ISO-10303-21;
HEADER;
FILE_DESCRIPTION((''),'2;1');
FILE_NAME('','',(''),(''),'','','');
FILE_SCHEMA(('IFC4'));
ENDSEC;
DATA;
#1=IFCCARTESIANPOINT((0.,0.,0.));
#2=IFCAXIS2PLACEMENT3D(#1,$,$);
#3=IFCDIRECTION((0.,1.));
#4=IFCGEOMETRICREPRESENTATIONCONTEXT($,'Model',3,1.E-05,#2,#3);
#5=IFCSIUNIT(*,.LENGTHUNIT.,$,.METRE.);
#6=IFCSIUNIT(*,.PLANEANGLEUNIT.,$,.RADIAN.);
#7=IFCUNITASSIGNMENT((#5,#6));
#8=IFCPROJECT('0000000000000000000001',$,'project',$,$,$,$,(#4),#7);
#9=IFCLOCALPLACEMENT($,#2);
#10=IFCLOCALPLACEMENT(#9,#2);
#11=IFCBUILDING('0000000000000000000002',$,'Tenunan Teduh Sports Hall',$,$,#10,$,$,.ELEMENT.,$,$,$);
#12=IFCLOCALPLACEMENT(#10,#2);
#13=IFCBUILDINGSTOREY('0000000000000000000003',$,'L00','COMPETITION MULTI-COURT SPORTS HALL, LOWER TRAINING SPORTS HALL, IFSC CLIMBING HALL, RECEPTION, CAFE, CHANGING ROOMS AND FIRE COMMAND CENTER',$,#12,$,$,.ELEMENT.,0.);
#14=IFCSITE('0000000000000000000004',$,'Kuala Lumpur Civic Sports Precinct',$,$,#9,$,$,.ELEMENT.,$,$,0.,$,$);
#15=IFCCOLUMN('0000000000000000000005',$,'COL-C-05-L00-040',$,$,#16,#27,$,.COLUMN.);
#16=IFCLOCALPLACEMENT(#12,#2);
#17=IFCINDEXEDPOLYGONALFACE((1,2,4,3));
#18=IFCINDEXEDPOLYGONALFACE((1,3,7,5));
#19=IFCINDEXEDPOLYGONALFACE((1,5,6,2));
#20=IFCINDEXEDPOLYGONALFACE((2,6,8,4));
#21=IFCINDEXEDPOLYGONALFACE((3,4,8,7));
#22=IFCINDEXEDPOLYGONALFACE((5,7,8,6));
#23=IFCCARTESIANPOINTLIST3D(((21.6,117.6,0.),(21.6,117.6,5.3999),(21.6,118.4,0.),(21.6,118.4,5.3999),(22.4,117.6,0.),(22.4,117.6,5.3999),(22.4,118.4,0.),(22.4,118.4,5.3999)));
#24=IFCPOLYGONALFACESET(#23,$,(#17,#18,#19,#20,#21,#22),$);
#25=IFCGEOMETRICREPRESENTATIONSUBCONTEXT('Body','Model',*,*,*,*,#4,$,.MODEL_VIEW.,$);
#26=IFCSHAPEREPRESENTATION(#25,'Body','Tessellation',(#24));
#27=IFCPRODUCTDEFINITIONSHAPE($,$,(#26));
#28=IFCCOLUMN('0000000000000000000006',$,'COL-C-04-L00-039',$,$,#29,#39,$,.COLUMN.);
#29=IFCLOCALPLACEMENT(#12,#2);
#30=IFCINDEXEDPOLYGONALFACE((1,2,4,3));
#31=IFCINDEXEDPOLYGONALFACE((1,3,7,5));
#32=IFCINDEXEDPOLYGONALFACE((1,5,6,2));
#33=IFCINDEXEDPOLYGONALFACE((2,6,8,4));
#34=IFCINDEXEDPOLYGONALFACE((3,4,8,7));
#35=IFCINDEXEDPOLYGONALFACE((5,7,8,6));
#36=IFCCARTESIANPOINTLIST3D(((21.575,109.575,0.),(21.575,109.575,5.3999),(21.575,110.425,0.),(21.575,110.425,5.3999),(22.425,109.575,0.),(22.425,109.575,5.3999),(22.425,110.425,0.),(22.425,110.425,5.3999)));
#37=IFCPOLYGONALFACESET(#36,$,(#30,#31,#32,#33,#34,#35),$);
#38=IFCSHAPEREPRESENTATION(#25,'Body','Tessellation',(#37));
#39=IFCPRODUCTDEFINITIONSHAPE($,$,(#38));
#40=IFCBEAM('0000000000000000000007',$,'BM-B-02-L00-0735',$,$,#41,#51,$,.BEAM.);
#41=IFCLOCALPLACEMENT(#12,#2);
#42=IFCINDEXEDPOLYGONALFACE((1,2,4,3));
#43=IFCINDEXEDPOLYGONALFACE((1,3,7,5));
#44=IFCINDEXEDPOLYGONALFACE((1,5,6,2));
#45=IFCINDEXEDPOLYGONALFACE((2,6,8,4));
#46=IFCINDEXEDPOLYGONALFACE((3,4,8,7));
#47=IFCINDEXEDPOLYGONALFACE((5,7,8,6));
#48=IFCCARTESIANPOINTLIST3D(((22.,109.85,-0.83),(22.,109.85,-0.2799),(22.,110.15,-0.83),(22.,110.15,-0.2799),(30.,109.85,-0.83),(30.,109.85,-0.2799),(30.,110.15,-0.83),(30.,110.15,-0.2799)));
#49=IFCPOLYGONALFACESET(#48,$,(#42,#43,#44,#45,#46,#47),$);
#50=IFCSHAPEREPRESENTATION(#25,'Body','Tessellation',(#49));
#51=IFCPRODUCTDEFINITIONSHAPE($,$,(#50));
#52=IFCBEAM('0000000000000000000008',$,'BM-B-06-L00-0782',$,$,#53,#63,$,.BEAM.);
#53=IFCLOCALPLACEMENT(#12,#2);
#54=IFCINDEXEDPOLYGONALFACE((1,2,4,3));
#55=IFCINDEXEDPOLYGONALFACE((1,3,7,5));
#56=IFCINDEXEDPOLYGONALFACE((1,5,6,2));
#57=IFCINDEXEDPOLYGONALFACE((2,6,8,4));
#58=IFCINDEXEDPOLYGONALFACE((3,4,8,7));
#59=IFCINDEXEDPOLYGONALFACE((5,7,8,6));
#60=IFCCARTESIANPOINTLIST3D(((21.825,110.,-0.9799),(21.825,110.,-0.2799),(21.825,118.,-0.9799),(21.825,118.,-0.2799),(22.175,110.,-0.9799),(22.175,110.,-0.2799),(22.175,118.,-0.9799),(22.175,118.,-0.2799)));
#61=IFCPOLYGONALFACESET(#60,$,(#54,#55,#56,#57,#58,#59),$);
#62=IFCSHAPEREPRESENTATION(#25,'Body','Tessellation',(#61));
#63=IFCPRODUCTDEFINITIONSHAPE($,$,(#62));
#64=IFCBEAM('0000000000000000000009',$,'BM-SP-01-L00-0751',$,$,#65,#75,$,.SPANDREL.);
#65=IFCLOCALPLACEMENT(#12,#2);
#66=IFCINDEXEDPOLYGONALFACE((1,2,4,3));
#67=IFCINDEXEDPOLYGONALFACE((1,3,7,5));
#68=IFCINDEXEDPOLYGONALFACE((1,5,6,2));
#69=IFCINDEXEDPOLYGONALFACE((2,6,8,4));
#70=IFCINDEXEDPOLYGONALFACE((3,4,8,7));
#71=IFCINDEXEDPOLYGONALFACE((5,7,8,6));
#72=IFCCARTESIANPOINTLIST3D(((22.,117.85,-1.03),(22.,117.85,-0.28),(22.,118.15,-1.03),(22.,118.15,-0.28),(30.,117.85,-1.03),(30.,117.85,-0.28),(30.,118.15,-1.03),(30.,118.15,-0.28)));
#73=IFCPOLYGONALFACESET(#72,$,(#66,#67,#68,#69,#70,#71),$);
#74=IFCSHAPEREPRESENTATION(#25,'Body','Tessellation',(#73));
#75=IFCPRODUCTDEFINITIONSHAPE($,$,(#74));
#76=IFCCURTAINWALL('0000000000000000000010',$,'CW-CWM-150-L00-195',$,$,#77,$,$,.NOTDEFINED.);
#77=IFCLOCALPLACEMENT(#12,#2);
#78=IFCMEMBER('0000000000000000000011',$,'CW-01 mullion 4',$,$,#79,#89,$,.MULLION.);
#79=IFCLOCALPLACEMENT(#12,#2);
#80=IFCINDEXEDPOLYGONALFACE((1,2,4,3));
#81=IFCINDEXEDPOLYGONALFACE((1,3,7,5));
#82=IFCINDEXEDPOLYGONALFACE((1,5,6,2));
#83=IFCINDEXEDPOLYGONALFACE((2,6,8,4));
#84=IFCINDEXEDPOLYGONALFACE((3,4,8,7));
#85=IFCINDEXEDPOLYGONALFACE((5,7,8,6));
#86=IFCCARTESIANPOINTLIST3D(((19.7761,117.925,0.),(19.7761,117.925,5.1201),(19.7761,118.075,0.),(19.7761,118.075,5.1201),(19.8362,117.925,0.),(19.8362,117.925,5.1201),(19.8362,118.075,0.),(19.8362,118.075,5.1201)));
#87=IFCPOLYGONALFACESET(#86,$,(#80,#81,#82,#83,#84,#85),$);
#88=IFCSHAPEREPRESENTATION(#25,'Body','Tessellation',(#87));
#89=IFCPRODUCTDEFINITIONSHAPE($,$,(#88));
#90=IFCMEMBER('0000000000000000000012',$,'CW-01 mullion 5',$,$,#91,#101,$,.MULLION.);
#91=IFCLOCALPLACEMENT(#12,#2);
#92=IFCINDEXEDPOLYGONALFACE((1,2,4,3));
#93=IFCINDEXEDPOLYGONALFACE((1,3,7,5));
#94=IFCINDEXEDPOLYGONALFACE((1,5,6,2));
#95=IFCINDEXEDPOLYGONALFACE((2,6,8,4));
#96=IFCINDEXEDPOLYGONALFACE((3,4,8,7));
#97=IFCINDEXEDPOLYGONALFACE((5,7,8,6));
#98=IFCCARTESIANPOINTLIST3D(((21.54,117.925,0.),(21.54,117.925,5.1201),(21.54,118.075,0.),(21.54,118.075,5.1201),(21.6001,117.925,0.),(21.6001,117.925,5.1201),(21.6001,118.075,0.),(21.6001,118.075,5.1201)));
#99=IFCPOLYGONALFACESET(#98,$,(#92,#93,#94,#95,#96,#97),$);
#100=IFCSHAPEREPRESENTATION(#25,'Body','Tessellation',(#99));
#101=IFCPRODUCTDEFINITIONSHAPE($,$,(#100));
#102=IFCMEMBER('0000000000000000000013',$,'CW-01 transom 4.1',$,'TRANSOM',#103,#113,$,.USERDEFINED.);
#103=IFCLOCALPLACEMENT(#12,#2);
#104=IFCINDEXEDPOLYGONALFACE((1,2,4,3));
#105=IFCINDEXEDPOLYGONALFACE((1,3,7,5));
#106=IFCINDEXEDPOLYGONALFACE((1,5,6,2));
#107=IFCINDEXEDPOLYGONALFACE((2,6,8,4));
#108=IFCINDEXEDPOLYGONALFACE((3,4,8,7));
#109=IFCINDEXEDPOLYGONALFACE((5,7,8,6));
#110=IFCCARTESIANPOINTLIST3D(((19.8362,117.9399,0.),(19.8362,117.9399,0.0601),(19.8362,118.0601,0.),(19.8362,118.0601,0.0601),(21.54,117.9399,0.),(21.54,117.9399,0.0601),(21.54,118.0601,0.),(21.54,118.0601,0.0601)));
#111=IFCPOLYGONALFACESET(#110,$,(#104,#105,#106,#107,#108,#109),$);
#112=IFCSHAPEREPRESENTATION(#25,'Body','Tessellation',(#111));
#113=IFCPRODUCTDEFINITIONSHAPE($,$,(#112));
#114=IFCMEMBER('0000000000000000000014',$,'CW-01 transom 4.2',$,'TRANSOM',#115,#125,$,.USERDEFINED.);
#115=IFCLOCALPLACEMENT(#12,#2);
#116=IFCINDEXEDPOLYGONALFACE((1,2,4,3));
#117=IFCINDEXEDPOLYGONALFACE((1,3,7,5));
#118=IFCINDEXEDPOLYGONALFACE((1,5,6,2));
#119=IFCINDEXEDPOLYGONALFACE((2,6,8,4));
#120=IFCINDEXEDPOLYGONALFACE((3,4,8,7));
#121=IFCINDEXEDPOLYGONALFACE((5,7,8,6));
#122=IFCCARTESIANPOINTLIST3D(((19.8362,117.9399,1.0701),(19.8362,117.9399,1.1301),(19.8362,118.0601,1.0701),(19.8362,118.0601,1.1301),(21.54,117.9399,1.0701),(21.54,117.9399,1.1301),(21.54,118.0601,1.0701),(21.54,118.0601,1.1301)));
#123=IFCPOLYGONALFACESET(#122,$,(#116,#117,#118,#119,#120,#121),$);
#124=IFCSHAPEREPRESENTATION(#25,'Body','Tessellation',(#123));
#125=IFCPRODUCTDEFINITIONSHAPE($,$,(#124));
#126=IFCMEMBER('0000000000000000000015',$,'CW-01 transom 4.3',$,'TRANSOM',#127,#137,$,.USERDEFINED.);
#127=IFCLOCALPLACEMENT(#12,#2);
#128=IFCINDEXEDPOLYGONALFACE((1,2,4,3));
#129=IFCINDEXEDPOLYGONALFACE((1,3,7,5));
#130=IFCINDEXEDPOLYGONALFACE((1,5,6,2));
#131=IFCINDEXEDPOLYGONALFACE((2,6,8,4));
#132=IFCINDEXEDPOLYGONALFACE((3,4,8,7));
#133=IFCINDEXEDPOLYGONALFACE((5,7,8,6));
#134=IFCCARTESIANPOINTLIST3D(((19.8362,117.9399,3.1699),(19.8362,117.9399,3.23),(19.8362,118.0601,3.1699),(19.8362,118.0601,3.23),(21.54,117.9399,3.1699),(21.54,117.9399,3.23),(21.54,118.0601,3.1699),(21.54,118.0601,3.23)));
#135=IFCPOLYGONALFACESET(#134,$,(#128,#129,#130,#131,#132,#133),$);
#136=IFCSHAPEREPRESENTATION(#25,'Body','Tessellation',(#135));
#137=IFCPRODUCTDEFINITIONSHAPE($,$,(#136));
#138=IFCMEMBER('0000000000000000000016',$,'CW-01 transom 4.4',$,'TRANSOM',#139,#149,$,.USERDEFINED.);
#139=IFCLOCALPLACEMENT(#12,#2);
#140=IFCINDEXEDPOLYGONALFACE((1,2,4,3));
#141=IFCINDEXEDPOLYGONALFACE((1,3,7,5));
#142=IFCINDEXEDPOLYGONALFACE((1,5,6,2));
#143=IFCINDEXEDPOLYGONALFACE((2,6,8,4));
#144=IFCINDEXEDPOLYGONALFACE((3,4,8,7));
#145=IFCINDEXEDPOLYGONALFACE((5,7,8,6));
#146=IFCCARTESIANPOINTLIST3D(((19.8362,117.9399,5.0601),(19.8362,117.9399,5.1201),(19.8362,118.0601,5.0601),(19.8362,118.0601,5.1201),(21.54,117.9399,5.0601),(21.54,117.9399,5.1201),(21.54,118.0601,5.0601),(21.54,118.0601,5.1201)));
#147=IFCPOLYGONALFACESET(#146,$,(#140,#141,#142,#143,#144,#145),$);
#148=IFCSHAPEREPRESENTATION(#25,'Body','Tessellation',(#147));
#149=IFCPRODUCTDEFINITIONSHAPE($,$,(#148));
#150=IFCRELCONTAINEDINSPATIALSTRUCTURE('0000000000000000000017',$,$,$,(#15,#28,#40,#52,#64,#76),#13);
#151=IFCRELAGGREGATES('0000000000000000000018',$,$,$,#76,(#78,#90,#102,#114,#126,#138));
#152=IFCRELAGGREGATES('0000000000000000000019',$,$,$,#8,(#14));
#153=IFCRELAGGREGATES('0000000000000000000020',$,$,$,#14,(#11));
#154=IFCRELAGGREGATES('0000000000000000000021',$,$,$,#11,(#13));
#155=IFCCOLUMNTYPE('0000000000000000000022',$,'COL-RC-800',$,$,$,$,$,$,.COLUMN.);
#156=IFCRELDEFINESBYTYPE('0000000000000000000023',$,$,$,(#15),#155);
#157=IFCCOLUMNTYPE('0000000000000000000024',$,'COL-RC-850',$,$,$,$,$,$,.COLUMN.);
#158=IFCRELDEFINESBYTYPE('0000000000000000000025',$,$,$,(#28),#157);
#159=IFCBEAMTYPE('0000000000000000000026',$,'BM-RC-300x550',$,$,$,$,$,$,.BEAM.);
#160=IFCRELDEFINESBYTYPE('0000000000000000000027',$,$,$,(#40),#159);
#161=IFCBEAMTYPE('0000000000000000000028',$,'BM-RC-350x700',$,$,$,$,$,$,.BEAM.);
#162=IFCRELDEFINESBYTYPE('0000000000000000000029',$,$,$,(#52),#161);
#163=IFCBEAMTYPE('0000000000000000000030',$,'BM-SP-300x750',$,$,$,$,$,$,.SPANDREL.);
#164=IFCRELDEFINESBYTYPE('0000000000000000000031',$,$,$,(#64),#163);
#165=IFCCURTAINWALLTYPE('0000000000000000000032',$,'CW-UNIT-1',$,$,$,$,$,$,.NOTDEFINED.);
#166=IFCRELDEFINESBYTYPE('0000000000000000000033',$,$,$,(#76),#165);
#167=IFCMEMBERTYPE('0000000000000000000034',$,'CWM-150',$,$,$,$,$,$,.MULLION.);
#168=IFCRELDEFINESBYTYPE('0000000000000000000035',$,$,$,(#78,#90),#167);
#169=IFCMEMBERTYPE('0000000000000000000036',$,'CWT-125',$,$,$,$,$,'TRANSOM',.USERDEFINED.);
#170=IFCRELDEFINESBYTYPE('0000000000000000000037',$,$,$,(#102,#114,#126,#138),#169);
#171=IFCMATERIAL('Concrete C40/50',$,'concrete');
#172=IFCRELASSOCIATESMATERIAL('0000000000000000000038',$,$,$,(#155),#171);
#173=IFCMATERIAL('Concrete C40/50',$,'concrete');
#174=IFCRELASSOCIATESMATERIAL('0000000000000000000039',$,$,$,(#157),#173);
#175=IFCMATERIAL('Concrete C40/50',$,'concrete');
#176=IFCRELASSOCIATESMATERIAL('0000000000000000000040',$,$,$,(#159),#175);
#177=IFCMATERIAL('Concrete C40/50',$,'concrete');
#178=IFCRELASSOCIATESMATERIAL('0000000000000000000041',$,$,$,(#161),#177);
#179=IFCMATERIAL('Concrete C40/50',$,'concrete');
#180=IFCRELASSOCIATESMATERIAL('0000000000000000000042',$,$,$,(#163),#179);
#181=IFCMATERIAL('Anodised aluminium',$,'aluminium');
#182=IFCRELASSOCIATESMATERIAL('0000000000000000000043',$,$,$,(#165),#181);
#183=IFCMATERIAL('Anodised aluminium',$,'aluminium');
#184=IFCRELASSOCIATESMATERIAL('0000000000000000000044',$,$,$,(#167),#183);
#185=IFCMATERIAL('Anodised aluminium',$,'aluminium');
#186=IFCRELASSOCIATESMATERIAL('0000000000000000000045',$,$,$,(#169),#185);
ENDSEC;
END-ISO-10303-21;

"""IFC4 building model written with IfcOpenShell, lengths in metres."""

from ifc_helpers import new_model, si_unit, direction, frame, origin, origin_2d, place, context, subcontext, project, spatial, rectangle, extrude, material, material_profile, profile_set, type_object, element, aggregate, save


model = new_model("IFC4")

# Units and contexts
model_context = context("Model", 3, precision=1e-05, world=origin(), true_north=direction((0.0, 1.0)))
body_context = subcontext(model_context, "Body", "Model", "MODEL_VIEW")
ifc_project = project(units=[si_unit("LENGTHUNIT", "METRE"), si_unit("PLANEANGLEUNIT", "RADIAN")], contexts=[model_context])

# Site, building, storey
site_placement = place(None, origin())
site = spatial("IfcSite", under=ifc_project, at=site_placement, Name="Kuala Lumpur Civic Sports Precinct", CompositionType="ELEMENT", RefElevation=0.0)
building_placement = place(site_placement, origin())
building = spatial("IfcBuilding", under=site, at=building_placement, Name="Tenunan Teduh Sports Hall", CompositionType="ELEMENT")
storey_placement = place(building_placement, origin())
storey = spatial("IfcBuildingStorey", under=building, at=storey_placement, Name="L00", Description="COMPETITION MULTI-COURT SPORTS HALL, LOWER TRAINING SPORTS HALL, IFSC CLIMBING HALL, RECEPTION, CAFE, CHANGING ROOMS AND FIRE COMMAND CENTER", CompositionType="ELEMENT", Elevation=0.0)

# Columns
ifc_material_1 = material(Name="Concrete C40/50", Category="concrete")
ifc_material_profile_1 = material_profile(ifc_material_1, rectangle(XDim=0.8, YDim=0.8, at=origin_2d()), Name="RC 800x800")
ifc_profile_set_1 = profile_set([ifc_material_profile_1], Name="Concrete C40/50")
column_type_1 = type_object("IfcColumnType", Name="COL-RC-800", PredefinedType="COLUMN", material=ifc_profile_set_1)
column_1_placement = place(storey_placement, frame((22.0, 118.0, 0.0), z_axis=(0.0, 0.0, 1.0), x_axis=(1.0, 0.0, 0.0)))
element("IfcColumn", 1, at=column_1_placement, inside=storey, type_object=column_type_1, Name="COL-C-05-L00-040", PredefinedType="COLUMN", context=body_context, shape_type="SweptSolid", body=[
    extrude(rectangle(XDim=0.8, YDim=0.8, at=origin_2d()), origin(), (0.0, 0.0, 1.0), 5.3999),
])
ifc_material_2 = material(Name="Concrete C40/50", Category="concrete")
ifc_material_profile_2 = material_profile(ifc_material_2, rectangle(XDim=0.8501, YDim=0.8501, at=origin_2d()), Name="RC 850x850")
ifc_profile_set_2 = profile_set([ifc_material_profile_2], Name="Concrete C40/50")
column_type_2 = type_object("IfcColumnType", Name="COL-RC-850", PredefinedType="COLUMN", material=ifc_profile_set_2)
column_2_placement = place(storey_placement, frame((22.0, 110.0, 0.0), z_axis=(0.0, 0.0, 1.0), x_axis=(1.0, 0.0, 0.0)))
element("IfcColumn", 2, at=column_2_placement, inside=storey, type_object=column_type_2, Name="COL-C-04-L00-039", PredefinedType="COLUMN", context=body_context, shape_type="SweptSolid", body=[
    extrude(rectangle(XDim=0.8501, YDim=0.8501, at=origin_2d()), origin(), (0.0, 0.0, 1.0), 5.3999),
])

# Beams
ifc_material_3 = material(Name="Concrete C40/50", Category="concrete")
ifc_material_profile_3 = material_profile(ifc_material_3, rectangle(XDim=0.3, YDim=0.55, at=origin_2d()), Name="RCB 300x550")
ifc_profile_set_3 = profile_set([ifc_material_profile_3], Name="Concrete C40/50")
beam_type_1 = type_object("IfcBeamType", Name="BM-RC-300x550", PredefinedType="BEAM", material=ifc_profile_set_3)
beam_1_placement = place(storey_placement, frame((22.0, 110.0, -0.5549), z_axis=(1.0, 0.0, 0.0), x_axis=(0.0, 1.0, 0.0)))
element("IfcBeam", 3, at=beam_1_placement, inside=storey, type_object=beam_type_1, Name="BM-B-02-L00-0735", PredefinedType="BEAM", context=body_context, shape_type="SweptSolid", body=[
    extrude(rectangle(XDim=0.3, YDim=0.55, at=origin_2d()), origin(), (0.0, 0.0, 1.0), 8.0),
])
ifc_material_4 = material(Name="Concrete C40/50", Category="concrete")
ifc_material_profile_4 = material_profile(ifc_material_4, rectangle(XDim=0.3501, YDim=0.7, at=origin_2d()), Name="RCB 350x700")
ifc_profile_set_4 = profile_set([ifc_material_profile_4], Name="Concrete C40/50")
beam_type_2 = type_object("IfcBeamType", Name="BM-RC-350x700", PredefinedType="BEAM", material=ifc_profile_set_4)
beam_2_placement = place(storey_placement, frame((22.0, 110.0, -0.6299), z_axis=(0.0, 1.0, 0.0), x_axis=(-1.0, 0.0, 0.0)))
element("IfcBeam", 4, at=beam_2_placement, inside=storey, type_object=beam_type_2, Name="BM-B-06-L00-0782", PredefinedType="BEAM", context=body_context, shape_type="SweptSolid", body=[
    extrude(rectangle(XDim=0.3501, YDim=0.7, at=origin_2d()), origin(), (0.0, 0.0, 1.0), 8.0),
])
ifc_material_5 = material(Name="Concrete C40/50", Category="concrete")
ifc_material_profile_5 = material_profile(ifc_material_5, rectangle(XDim=0.3, YDim=0.75, at=origin_2d()), Name="SPB 300x750")
ifc_profile_set_5 = profile_set([ifc_material_profile_5], Name="Concrete C40/50")
beam_type_3 = type_object("IfcBeamType", Name="BM-SP-300x750", PredefinedType="SPANDREL", material=ifc_profile_set_5)
beam_3_placement = place(storey_placement, frame((22.0, 118.0, -0.655), z_axis=(1.0, 0.0, 0.0), x_axis=(0.0, 1.0, 0.0)))
element("IfcBeam", 5, at=beam_3_placement, inside=storey, type_object=beam_type_3, Name="BM-SP-01-L00-0751", PredefinedType="SPANDREL", context=body_context, shape_type="SweptSolid", body=[
    extrude(rectangle(XDim=0.3, YDim=0.75, at=origin_2d()), origin(), (0.0, 0.0, 1.0), 8.0),
])

# Curtain wall, members
ifc_material_6 = material(Name="Anodised aluminium", Category="aluminium")
curtain_wall_type = type_object("IfcCurtainWallType", Name="CW-UNIT-1", PredefinedType="NOTDEFINED", material=ifc_material_6)
curtain_wall_placement = place(storey_placement, origin())
curtain_wall = element("IfcCurtainWall", 6, at=curtain_wall_placement, inside=storey, type_object=curtain_wall_type, Name="CW-CWM-150-L00-195", PredefinedType="NOTDEFINED")
ifc_material_7 = material(Name="Anodised aluminium", Category="aluminium")
ifc_material_profile_6 = material_profile(ifc_material_7, rectangle(XDim=0.0601, YDim=0.1499, at=origin_2d()), Name="CWM 60x150")
ifc_profile_set_6 = profile_set([ifc_material_profile_6], Name="Anodised aluminium")
member_type_1 = type_object("IfcMemberType", Name="CWM-150", PredefinedType="MULLION", material=ifc_profile_set_6)
member_1_placement = place(storey_placement, frame((19.8062, 118.0, 0.0), z_axis=(0.0, 0.0, 1.0), x_axis=(1.0, 0.0, 0.0)))
member_1 = element("IfcMember", 7, at=member_1_placement, type_object=member_type_1, Name="CW-01 mullion 4", PredefinedType="MULLION", context=body_context, shape_type="SweptSolid", body=[
    extrude(rectangle(XDim=0.0601, YDim=0.1499, at=origin_2d()), origin(), (0.0, 0.0, 1.0), 5.1201),
])
member_2_placement = place(storey_placement, frame((21.5701, 118.0, 0.0), z_axis=(0.0, 0.0, 1.0), x_axis=(1.0, 0.0, 0.0)))
member_2 = element("IfcMember", 8, at=member_2_placement, type_object=member_type_1, Name="CW-01 mullion 5", PredefinedType="MULLION", context=body_context, shape_type="SweptSolid", body=[
    extrude(rectangle(XDim=0.0601, YDim=0.1499, at=origin_2d()), origin(), (0.0, 0.0, 1.0), 5.1201),
])
ifc_material_8 = material(Name="Anodised aluminium", Category="aluminium")
ifc_material_profile_7 = material_profile(ifc_material_8, rectangle(XDim=0.0601, YDim=0.1201, at=origin_2d()), Name="CWT 60x120")
ifc_profile_set_7 = profile_set([ifc_material_profile_7], Name="Anodised aluminium")
member_type_2 = type_object("IfcMemberType", Name="CWT-125", ElementType="TRANSOM", PredefinedType="USERDEFINED", material=ifc_profile_set_7)
member_3_placement = place(storey_placement, frame((19.8362, 118.0, 0.03), z_axis=(1.0, 0.0, 0.0), x_axis=(0.0, 0.0, 1.0)))
member_3 = element("IfcMember", 9, at=member_3_placement, type_object=member_type_2, Name="CW-01 transom 4.1", ObjectType="TRANSOM", PredefinedType="USERDEFINED", context=body_context, shape_type="SweptSolid", body=[
    extrude(rectangle(XDim=0.0601, YDim=0.1201, at=origin_2d()), origin(), (0.0, 0.0, 1.0), 1.7039),
])
member_4_placement = place(storey_placement, frame((19.8362, 118.0, 1.1001), z_axis=(1.0, 0.0, 0.0), x_axis=(0.0, 0.0, 1.0)))
member_4 = element("IfcMember", 10, at=member_4_placement, type_object=member_type_2, Name="CW-01 transom 4.2", ObjectType="TRANSOM", PredefinedType="USERDEFINED", context=body_context, shape_type="SweptSolid", body=[
    extrude(rectangle(XDim=0.0601, YDim=0.1201, at=origin_2d()), origin(), (0.0, 0.0, 1.0), 1.7039),
])
member_5_placement = place(storey_placement, frame((19.8362, 118.0, 3.2), z_axis=(1.0, 0.0, 0.0), x_axis=(0.0, 0.0, 1.0)))
member_5 = element("IfcMember", 11, at=member_5_placement, type_object=member_type_2, Name="CW-01 transom 4.3", ObjectType="TRANSOM", PredefinedType="USERDEFINED", context=body_context, shape_type="SweptSolid", body=[
    extrude(rectangle(XDim=0.0601, YDim=0.1201, at=origin_2d()), origin(), (0.0, 0.0, 1.0), 1.7039),
])
member_6_placement = place(storey_placement, frame((19.8362, 118.0, 5.0901), z_axis=(1.0, 0.0, 0.0), x_axis=(0.0, 0.0, 1.0)))
member_6 = element("IfcMember", 12, at=member_6_placement, type_object=member_type_2, Name="CW-01 transom 4.4", ObjectType="TRANSOM", PredefinedType="USERDEFINED", context=body_context, shape_type="SweptSolid", body=[
    extrude(rectangle(XDim=0.0601, YDim=0.1201, at=origin_2d()), origin(), (0.0, 0.0, 1.0), 1.7039),
])

aggregate(curtain_wall, [member_1, member_2, member_3, member_4, member_5, member_6])

save(model, "model.ifc")
